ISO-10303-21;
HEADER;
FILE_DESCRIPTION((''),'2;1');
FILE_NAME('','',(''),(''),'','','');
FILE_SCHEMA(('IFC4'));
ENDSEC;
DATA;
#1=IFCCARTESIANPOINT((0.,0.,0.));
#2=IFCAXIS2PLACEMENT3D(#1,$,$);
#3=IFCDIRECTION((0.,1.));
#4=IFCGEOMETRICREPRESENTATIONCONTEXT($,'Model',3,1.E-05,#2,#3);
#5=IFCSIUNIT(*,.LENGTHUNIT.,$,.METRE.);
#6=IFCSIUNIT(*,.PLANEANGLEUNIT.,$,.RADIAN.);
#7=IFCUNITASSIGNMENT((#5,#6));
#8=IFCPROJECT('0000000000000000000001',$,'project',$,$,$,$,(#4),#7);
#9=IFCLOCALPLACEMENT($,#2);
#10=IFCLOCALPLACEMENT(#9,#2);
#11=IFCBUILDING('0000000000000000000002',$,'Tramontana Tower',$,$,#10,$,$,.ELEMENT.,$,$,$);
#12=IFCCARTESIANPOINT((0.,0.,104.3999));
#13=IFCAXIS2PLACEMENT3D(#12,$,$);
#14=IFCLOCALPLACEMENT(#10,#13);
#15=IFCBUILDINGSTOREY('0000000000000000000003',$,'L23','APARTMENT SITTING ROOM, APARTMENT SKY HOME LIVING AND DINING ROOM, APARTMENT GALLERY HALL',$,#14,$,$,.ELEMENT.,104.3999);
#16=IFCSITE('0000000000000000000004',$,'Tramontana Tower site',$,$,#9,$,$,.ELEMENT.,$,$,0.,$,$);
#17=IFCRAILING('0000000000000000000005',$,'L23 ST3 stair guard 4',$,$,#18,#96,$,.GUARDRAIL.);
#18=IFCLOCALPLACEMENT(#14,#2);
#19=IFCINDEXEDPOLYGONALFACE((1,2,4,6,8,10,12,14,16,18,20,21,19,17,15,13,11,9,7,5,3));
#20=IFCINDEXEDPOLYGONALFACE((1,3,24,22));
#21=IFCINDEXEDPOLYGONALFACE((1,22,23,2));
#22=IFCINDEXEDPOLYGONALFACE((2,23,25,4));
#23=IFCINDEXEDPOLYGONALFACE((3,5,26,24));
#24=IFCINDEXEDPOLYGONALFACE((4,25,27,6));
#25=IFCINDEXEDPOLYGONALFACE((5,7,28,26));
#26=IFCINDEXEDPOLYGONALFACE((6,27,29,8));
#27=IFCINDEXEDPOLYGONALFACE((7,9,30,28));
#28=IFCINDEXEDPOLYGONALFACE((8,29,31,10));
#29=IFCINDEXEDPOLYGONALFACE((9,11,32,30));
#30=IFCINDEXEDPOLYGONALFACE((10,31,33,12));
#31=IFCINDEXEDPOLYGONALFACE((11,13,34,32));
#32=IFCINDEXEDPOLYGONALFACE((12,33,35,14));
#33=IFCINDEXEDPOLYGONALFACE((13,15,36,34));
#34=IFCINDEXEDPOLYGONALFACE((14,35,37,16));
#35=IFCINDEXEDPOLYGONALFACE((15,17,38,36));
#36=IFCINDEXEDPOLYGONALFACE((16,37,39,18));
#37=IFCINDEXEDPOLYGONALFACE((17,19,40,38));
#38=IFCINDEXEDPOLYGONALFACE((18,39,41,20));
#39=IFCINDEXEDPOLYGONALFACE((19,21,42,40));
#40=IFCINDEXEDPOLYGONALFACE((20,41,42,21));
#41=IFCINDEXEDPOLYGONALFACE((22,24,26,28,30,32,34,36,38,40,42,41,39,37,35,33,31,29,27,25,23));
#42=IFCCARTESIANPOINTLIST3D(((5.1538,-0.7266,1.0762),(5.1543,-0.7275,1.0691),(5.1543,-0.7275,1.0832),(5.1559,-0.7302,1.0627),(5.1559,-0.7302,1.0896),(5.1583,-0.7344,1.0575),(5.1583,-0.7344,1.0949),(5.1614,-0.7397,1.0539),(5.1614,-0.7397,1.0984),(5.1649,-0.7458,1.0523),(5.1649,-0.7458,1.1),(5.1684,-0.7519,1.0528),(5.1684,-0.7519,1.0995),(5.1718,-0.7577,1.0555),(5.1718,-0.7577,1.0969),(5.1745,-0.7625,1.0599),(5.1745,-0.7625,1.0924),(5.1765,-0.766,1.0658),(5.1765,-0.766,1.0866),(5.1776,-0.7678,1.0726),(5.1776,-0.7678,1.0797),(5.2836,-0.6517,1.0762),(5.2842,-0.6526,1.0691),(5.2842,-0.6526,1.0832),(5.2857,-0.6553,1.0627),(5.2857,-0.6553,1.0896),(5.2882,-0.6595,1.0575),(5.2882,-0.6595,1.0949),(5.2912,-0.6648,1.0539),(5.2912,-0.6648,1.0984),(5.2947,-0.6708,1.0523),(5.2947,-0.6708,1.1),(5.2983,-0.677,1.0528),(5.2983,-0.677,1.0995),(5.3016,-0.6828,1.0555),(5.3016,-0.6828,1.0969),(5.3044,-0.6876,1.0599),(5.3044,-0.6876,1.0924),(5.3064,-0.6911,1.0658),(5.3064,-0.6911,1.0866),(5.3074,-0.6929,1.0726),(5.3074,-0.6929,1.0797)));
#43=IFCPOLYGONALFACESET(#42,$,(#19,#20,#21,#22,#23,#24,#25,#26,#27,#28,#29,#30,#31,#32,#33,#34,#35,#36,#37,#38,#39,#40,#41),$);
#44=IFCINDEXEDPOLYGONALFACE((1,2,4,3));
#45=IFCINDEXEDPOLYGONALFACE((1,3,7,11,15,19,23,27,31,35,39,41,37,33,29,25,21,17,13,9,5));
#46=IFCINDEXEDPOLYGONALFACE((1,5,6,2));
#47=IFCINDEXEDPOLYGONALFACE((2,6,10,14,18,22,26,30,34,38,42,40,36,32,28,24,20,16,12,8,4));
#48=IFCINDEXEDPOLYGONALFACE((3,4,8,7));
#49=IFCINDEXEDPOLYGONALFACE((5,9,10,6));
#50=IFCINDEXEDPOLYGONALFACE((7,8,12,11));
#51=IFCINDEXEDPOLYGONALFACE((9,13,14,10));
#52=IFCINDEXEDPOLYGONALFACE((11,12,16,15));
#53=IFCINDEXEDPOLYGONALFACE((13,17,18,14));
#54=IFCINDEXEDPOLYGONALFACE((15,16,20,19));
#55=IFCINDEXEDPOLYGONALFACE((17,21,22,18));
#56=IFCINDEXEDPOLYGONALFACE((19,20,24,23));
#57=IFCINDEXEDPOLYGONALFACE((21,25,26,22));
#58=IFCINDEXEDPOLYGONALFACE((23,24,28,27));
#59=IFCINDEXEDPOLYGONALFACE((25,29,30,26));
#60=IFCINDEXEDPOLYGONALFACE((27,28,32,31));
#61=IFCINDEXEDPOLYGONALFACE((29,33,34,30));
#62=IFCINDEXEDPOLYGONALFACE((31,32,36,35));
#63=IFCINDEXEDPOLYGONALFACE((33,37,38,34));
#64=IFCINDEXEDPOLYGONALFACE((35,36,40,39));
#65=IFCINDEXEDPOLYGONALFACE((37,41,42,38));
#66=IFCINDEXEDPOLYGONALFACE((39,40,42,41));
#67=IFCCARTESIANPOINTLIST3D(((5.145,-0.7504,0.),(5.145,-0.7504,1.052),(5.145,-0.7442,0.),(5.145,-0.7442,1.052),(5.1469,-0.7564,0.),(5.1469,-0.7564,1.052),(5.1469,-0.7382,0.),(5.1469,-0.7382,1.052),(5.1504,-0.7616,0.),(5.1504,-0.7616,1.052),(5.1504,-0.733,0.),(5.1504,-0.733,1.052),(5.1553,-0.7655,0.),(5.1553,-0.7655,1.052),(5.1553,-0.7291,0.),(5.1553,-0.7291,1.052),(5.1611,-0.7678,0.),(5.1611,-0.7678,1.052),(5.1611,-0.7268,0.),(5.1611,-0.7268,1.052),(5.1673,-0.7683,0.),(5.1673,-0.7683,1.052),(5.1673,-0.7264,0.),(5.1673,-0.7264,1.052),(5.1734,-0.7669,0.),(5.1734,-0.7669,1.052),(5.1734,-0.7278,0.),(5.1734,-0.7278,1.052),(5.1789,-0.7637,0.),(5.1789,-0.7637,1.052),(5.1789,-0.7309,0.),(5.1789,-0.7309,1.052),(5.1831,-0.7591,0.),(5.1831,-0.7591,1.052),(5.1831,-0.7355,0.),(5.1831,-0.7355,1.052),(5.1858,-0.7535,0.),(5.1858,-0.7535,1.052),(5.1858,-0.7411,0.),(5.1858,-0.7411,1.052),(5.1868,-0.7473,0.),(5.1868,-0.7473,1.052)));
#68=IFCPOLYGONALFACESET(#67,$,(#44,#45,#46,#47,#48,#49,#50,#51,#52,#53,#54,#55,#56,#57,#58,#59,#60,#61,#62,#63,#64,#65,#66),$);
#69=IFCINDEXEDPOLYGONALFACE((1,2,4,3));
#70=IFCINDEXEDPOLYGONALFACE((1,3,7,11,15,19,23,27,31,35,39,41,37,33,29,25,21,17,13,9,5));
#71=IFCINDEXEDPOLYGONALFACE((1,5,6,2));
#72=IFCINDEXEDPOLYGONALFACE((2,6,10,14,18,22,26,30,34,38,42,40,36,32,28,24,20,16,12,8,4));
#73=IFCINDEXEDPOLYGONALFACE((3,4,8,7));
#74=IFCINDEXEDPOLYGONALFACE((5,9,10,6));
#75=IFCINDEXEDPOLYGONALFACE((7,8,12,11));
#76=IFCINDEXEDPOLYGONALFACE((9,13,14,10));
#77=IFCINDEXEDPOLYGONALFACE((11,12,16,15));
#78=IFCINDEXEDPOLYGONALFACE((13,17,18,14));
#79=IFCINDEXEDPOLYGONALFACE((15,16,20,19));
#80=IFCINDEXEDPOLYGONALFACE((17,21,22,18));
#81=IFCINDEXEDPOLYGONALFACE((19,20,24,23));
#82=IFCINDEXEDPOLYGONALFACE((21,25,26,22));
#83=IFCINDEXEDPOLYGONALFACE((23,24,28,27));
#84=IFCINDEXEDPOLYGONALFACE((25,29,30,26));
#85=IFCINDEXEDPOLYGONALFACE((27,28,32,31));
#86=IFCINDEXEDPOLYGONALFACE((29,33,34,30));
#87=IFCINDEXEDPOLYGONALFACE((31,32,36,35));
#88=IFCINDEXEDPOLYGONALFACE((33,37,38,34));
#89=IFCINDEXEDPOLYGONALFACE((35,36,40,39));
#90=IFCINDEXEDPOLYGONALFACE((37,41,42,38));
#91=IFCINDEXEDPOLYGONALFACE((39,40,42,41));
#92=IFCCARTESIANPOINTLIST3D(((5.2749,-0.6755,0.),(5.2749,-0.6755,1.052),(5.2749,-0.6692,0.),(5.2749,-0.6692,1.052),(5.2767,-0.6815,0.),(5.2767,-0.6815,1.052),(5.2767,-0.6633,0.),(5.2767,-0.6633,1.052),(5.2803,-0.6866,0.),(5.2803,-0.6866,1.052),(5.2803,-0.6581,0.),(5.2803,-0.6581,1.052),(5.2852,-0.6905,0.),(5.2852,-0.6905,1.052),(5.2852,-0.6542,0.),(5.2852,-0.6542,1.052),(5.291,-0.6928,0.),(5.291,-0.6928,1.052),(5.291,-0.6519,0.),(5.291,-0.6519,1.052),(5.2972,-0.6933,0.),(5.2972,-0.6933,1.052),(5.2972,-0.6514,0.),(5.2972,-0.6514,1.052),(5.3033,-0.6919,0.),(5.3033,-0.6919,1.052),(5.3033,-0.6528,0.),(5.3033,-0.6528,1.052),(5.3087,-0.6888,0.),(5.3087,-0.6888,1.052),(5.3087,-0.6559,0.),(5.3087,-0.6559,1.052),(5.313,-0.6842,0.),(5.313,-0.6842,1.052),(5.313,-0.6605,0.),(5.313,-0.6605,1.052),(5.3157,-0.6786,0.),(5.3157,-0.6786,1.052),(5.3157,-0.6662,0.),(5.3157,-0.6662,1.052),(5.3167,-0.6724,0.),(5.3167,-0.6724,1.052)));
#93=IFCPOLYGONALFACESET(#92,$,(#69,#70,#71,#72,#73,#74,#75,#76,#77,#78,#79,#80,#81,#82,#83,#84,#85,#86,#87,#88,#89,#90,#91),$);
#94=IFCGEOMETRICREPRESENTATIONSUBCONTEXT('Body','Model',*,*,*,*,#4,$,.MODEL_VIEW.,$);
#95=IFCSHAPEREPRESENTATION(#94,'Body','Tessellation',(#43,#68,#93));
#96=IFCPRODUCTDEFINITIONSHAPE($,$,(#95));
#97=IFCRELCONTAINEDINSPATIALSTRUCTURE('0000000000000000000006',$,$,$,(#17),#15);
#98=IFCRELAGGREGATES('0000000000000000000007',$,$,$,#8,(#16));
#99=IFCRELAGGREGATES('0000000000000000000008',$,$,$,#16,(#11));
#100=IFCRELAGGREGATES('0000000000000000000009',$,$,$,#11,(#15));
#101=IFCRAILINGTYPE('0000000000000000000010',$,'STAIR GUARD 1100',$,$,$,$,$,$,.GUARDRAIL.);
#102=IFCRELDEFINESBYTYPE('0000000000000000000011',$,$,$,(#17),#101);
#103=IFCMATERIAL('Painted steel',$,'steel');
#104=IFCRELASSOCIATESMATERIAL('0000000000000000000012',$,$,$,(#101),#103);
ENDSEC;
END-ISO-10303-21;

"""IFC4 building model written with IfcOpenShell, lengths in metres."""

from ifc_helpers import new_model, si_unit, direction, frame, origin, origin_2d, place, context, subcontext, project, spatial, circle, extrude, material, type_object, element, save


model = new_model("IFC4")

# Units and contexts
model_context = context("Model", 3, precision=1e-05, world=origin(), true_north=direction((0.0, 1.0)))
body_context = subcontext(model_context, "Body", "Model", "MODEL_VIEW")
ifc_project = project(units=[si_unit("LENGTHUNIT", "METRE"), si_unit("PLANEANGLEUNIT", "RADIAN")], contexts=[model_context])

# Site, building, storey
site_placement = place(None, origin())
site = spatial("IfcSite", under=ifc_project, at=site_placement, Name="Tramontana Tower site", CompositionType="ELEMENT", RefElevation=0.0)
building_placement = place(site_placement, origin())
building = spatial("IfcBuilding", under=site, at=building_placement, Name="Tramontana Tower", CompositionType="ELEMENT")
storey_placement = place(building_placement, frame((0.0, 0.0, 104.3999)))
storey = spatial("IfcBuildingStorey", under=building, at=storey_placement, Name="L23", Description="APARTMENT SITTING ROOM, APARTMENT SKY HOME LIVING AND DINING ROOM, APARTMENT GALLERY HALL", CompositionType="ELEMENT", Elevation=104.3999)

# Railing
ifc_material_1 = material(Name="Painted steel", Category="steel")
railing_type_1 = type_object("IfcRailingType", Name="STAIR GUARD 1100", PredefinedType="GUARDRAIL", material=ifc_material_1)
railing_1_placement = place(storey_placement, frame((5.1658, -0.7473, 0.0)))
element("IfcRailing", 1, at=railing_1_placement, inside=storey, type_object=railing_type_1, Name="L23 ST3 stair guard 4", PredefinedType="GUARDRAIL", context=body_context, shape_type="SweptSolid", body=[
    extrude(circle(Radius=0.0239, at=origin_2d()), frame((0.0, 0.0, 1.0762), z_axis=(0.866131, 0.499816, 0.0), x_axis=(-0.499816, 0.866131, 0.0)), (0.0, 0.0, 1.0), 0.1499),
    extrude(circle(Radius=0.021, at=origin_2d()), origin(), (0.0, 0.0, 1.0), 1.052),
    extrude(circle(Radius=0.021, at=origin_2d()), frame((0.1299, 0.075, 0.0)), (0.0, 0.0, 1.0), 1.052),
])

save(model, "model.ifc")
